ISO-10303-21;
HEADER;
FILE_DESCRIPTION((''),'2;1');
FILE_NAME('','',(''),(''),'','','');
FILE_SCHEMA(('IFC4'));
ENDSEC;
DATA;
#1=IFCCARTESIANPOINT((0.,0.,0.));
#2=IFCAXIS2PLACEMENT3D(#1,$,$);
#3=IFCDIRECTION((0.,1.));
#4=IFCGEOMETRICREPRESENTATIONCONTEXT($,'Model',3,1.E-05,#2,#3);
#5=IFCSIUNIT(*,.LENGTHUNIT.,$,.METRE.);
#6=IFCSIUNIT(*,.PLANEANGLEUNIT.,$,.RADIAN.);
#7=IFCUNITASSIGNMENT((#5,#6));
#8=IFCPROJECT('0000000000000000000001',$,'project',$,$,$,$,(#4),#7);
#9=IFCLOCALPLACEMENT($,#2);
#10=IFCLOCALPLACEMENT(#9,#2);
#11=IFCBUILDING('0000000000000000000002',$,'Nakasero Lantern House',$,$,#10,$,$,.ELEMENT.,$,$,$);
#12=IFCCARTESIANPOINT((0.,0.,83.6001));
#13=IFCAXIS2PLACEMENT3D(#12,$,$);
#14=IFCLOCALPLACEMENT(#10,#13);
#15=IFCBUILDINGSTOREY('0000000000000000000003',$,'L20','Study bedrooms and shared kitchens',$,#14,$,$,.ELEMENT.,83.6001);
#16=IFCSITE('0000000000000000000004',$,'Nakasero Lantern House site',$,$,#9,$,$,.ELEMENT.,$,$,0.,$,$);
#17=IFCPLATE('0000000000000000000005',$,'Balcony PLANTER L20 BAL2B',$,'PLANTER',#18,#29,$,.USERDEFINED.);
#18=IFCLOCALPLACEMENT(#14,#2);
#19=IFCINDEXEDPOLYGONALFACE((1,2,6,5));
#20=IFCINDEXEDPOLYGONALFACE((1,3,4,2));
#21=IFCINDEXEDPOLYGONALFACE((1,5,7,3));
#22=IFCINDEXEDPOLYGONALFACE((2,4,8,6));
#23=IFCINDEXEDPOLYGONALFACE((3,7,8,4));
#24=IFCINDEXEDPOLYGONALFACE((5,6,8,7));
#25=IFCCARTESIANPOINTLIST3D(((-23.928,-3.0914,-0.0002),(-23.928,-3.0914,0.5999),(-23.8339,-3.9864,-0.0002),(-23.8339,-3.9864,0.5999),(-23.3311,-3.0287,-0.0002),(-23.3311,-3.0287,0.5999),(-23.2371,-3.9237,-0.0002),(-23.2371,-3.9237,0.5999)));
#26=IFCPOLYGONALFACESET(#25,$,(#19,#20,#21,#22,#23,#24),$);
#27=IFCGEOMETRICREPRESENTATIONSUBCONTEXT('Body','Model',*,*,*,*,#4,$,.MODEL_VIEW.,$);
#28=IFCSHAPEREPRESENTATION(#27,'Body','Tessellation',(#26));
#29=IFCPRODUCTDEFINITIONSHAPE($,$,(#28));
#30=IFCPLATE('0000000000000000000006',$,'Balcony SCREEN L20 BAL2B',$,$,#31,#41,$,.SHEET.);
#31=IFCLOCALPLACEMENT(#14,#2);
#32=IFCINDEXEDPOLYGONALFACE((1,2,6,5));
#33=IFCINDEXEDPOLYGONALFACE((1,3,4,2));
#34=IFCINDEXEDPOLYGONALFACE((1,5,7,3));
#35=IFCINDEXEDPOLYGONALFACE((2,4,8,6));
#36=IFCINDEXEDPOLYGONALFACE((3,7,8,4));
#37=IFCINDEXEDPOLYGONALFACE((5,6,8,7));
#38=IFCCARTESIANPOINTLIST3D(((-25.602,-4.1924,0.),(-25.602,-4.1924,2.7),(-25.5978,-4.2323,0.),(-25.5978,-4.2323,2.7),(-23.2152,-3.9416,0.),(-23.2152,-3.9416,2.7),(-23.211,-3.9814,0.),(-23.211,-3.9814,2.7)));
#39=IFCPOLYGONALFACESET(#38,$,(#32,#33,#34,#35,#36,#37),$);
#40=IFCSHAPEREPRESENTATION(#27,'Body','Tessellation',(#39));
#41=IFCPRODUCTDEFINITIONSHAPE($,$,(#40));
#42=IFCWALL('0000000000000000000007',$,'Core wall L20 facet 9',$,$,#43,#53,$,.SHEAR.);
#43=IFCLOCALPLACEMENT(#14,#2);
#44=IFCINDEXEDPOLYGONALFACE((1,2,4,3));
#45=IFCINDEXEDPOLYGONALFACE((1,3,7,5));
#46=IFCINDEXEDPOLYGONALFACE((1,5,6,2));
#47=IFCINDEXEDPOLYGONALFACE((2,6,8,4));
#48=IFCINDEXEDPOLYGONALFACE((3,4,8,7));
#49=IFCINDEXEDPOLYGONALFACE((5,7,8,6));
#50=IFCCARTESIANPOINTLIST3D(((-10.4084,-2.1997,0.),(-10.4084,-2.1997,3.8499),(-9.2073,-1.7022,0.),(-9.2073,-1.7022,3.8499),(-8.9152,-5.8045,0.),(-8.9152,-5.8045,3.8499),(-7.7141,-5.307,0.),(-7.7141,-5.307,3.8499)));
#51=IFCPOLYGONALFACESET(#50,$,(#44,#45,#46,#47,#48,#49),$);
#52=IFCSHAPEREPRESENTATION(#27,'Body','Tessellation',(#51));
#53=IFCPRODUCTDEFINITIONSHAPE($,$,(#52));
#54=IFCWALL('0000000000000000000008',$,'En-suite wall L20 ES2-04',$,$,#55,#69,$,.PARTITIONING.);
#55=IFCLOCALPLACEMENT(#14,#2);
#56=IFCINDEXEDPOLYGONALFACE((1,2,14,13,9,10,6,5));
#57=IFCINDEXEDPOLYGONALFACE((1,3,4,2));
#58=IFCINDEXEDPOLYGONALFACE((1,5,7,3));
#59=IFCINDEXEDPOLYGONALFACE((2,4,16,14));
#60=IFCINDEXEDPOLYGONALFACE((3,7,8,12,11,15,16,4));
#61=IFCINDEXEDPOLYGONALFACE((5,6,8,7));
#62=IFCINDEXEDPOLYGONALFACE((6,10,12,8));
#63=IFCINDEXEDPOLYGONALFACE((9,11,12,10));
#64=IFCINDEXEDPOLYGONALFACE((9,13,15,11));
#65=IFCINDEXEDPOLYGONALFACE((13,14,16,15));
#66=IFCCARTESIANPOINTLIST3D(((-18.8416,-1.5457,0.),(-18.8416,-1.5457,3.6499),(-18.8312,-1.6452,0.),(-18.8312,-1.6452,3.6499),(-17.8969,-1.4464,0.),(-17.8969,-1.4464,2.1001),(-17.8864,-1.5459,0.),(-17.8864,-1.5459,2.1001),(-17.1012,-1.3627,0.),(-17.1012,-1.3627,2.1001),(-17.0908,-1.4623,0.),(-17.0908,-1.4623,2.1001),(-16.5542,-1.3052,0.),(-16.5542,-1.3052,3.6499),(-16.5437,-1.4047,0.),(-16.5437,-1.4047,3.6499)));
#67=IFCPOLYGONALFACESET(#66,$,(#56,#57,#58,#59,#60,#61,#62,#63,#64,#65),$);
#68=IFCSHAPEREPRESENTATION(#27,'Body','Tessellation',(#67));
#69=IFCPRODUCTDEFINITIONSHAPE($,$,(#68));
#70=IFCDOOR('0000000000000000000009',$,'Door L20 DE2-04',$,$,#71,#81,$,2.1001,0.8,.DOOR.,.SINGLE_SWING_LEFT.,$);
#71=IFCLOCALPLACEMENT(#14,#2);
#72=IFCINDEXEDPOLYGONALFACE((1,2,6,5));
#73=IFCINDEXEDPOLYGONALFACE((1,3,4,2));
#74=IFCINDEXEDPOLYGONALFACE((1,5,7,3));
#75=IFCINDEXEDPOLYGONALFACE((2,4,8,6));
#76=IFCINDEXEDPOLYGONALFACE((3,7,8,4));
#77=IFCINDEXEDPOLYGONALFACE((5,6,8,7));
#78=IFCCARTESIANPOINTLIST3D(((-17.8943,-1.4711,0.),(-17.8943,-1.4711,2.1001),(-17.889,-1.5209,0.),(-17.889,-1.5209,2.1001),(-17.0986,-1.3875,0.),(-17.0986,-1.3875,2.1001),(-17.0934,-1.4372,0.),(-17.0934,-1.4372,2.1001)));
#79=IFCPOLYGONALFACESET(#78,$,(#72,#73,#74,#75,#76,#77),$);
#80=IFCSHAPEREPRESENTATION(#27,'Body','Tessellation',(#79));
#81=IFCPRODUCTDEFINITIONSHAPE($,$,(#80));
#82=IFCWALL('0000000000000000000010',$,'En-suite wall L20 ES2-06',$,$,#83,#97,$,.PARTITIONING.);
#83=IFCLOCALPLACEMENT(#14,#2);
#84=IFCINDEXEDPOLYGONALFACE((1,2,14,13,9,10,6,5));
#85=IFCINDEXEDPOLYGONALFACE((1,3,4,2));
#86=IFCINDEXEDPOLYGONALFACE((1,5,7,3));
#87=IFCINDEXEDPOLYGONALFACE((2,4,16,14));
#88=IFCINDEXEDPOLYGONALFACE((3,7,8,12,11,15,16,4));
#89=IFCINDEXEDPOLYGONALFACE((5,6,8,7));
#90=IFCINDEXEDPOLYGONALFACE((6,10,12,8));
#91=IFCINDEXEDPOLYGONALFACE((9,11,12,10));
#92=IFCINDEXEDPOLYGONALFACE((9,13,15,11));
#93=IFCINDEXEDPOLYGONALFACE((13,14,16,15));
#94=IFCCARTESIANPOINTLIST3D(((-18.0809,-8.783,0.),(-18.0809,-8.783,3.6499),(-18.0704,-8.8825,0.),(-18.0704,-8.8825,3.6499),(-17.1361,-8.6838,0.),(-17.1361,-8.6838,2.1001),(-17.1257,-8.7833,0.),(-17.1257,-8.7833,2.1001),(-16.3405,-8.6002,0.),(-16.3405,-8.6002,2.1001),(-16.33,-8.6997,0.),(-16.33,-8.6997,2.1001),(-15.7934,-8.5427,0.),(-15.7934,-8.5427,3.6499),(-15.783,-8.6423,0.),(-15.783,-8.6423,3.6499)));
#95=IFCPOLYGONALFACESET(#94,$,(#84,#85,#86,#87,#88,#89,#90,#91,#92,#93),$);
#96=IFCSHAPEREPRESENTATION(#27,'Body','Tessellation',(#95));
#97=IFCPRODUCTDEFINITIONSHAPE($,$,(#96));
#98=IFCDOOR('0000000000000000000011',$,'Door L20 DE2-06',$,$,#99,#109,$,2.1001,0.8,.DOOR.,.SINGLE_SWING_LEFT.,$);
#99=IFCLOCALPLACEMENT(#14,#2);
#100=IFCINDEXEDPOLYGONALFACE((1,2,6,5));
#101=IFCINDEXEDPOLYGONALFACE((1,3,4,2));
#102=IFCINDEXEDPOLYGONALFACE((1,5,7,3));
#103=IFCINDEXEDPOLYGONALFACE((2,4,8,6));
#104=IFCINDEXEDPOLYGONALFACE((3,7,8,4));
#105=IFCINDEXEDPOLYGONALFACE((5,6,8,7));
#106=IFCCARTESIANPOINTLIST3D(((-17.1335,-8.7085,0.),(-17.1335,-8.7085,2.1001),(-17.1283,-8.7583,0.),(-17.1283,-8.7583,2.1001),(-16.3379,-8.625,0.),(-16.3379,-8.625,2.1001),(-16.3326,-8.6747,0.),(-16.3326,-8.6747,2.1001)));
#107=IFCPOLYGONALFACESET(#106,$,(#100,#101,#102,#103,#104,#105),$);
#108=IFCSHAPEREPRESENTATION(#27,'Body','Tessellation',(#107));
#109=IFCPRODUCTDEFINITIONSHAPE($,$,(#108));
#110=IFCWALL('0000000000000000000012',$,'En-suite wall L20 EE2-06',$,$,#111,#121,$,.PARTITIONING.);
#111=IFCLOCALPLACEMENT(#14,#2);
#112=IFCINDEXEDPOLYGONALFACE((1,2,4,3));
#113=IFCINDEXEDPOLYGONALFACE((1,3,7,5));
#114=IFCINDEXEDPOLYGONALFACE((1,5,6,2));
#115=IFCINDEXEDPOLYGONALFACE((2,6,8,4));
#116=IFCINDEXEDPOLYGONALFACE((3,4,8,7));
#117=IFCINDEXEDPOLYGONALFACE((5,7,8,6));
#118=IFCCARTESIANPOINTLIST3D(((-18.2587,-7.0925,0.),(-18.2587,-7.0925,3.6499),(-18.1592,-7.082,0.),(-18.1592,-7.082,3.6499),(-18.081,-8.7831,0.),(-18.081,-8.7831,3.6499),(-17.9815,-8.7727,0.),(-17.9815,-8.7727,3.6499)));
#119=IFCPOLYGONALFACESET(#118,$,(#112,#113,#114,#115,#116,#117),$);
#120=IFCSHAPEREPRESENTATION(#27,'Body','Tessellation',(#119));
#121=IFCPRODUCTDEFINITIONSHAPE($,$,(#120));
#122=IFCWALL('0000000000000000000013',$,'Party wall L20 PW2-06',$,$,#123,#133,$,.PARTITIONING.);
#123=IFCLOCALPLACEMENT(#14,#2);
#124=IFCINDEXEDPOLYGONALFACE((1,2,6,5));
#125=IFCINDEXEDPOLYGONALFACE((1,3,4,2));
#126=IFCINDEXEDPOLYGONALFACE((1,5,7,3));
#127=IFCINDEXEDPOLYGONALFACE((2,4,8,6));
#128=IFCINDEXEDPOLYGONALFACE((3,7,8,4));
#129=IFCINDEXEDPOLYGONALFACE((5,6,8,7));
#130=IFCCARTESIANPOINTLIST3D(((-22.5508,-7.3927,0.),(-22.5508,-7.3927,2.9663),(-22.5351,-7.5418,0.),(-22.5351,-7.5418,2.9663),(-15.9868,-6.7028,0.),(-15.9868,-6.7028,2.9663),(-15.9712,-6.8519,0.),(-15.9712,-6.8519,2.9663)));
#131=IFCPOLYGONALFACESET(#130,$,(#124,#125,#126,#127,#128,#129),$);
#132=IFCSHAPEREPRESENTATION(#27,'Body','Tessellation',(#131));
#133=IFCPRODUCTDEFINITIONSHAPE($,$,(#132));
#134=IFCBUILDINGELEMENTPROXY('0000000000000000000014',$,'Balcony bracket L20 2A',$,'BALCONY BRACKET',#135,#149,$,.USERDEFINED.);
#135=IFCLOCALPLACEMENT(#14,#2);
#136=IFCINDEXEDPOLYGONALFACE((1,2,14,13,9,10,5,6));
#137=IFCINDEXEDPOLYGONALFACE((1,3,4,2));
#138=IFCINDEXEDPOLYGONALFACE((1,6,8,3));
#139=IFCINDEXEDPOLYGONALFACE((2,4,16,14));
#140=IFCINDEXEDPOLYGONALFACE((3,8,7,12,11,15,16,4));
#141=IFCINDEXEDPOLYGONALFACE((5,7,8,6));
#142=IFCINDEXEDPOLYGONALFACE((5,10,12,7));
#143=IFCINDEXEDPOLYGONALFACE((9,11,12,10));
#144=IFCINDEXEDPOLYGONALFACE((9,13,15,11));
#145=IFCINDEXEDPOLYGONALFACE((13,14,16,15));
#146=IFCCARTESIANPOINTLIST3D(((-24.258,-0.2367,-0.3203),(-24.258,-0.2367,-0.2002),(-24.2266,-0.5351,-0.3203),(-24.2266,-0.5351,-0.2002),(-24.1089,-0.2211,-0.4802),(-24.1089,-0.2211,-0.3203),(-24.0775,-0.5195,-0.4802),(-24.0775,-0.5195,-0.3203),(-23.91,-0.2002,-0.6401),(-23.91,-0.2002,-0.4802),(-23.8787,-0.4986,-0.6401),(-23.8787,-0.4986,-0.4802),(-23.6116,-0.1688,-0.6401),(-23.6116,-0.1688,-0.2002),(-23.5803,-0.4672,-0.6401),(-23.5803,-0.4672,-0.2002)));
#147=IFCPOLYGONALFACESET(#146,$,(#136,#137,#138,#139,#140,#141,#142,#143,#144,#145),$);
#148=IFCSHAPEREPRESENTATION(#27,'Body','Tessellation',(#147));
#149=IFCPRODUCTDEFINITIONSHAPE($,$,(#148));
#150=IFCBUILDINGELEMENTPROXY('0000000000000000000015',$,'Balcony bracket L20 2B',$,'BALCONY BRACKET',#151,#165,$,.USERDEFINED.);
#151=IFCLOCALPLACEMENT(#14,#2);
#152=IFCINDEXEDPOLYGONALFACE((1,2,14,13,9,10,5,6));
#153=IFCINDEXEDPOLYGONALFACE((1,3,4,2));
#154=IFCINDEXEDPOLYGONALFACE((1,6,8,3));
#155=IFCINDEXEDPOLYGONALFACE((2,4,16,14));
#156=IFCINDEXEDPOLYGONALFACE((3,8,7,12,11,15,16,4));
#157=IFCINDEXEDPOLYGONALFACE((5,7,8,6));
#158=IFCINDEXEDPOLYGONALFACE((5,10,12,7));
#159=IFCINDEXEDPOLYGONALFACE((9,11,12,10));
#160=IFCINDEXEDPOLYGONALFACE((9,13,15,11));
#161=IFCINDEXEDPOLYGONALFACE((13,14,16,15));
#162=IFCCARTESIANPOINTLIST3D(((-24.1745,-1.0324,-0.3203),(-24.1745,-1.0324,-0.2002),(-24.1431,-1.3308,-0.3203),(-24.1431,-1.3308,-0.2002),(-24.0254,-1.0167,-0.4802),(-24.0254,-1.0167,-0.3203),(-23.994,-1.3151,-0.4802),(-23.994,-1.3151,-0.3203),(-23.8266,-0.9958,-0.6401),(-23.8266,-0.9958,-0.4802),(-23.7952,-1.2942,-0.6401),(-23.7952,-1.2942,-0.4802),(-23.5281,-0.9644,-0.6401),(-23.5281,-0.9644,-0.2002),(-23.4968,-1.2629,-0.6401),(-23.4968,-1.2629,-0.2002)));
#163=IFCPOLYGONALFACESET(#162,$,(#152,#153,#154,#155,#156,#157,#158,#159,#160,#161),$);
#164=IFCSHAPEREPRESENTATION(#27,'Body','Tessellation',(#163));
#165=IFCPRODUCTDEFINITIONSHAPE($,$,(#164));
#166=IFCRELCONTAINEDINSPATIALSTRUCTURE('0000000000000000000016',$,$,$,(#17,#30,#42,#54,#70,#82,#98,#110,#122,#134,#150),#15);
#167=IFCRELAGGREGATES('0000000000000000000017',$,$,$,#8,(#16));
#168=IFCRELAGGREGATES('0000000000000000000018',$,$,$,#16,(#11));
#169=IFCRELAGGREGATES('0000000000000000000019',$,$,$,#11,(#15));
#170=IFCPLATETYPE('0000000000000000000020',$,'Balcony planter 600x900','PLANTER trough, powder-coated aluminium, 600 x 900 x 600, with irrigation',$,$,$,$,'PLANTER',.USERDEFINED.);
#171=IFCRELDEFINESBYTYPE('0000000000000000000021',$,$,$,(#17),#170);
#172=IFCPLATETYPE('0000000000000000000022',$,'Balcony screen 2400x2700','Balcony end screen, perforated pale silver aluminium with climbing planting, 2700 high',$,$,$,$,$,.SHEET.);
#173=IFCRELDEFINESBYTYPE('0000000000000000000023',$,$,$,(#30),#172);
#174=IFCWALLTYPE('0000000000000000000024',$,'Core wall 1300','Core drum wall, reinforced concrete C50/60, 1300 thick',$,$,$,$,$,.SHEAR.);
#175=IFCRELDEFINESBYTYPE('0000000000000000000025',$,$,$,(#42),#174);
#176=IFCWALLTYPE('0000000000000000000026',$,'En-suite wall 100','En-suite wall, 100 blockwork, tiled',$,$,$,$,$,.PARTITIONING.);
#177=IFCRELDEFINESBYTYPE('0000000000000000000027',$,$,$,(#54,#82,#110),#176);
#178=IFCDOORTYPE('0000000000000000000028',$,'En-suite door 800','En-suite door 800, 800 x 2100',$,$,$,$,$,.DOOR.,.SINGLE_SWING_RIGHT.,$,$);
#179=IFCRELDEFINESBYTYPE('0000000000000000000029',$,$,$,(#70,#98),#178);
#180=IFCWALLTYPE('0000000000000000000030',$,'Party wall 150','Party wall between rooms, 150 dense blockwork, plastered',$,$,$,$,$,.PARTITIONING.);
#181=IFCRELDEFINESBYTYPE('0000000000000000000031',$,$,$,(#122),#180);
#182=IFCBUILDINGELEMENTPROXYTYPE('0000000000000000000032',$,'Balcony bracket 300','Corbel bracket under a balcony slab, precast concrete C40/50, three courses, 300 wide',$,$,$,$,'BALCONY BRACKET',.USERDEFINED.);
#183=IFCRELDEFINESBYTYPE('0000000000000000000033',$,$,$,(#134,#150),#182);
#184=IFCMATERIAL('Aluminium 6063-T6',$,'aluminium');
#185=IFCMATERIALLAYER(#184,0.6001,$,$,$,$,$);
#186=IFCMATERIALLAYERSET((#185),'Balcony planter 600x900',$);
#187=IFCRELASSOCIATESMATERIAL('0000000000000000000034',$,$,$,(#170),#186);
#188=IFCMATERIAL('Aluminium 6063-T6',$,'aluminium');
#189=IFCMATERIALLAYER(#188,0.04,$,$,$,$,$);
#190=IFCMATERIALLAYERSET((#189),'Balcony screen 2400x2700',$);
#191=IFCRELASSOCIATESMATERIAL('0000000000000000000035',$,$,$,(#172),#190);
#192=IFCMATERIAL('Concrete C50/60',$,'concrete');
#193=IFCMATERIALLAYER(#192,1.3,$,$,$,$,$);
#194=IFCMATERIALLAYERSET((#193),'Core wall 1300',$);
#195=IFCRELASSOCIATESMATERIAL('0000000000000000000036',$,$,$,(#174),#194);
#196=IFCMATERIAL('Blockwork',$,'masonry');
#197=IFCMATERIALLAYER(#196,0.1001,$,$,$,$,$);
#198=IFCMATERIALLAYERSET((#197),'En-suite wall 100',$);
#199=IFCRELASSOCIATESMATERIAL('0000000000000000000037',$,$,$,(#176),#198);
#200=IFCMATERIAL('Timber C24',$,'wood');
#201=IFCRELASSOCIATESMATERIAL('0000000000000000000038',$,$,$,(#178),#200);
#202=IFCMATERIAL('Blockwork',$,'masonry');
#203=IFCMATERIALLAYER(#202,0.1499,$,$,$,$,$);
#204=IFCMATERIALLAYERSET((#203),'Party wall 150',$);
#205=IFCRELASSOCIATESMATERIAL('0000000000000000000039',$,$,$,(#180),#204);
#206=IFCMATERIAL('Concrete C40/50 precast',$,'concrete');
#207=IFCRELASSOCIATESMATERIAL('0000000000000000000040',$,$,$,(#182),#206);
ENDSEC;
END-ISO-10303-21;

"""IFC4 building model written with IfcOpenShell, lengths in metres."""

from ifc_helpers import new_model, si_unit, direction, frame, frame_2d, origin, origin_2d, place, context, subcontext, project, spatial, polyline, rectangle, outline, extrude, material, layer, layer_set, type_object, element, fill, save


model = new_model("IFC4")

# Units and contexts
model_context = context("Model", 3, precision=1e-05, world=origin(), true_north=direction((0.0, 1.0)))
body_context = subcontext(model_context, "Body", "Model", "MODEL_VIEW")
ifc_project = project(units=[si_unit("LENGTHUNIT", "METRE"), si_unit("PLANEANGLEUNIT", "RADIAN")], contexts=[model_context])

# Site, building, storey
site_placement = place(None, origin())
site = spatial("IfcSite", under=ifc_project, at=site_placement, Name="Nakasero Lantern House site", CompositionType="ELEMENT", RefElevation=0.0)
building_placement = place(site_placement, origin())
building = spatial("IfcBuilding", under=site, at=building_placement, Name="Nakasero Lantern House", CompositionType="ELEMENT")
storey_placement = place(building_placement, frame((0.0, 0.0, 83.6001)))
storey = spatial("IfcBuildingStorey", under=building, at=storey_placement, Name="L20", Description="Study bedrooms and shared kitchens", CompositionType="ELEMENT", Elevation=83.6001)

# Plates
ifc_material_1 = material(Name="Aluminium 6063-T6", Category="aluminium")
ifc_layer_1 = layer(ifc_material_1, 0.6001)
ifc_layer_set_1 = layer_set([ifc_layer_1], Name="Balcony planter 600x900")
plate_type_1 = type_object("IfcPlateType", Name="Balcony planter 600x900", Description="PLANTER trough, powder-coated aluminium, 600 x 900 x 600, with irrigation", ElementType="PLANTER", PredefinedType="USERDEFINED", material=ifc_layer_set_1)
plate_1_placement = place(storey_placement, frame((-23.5825, -3.5076, -0.0002), z_axis=(0.0, 0.0, 1.0), x_axis=(-0.994522, -0.104528, 0.0)))
element("IfcPlate", 1, at=plate_1_placement, inside=storey, type_object=plate_type_1, Name="Balcony PLANTER L20 BAL2B", ObjectType="PLANTER", PredefinedType="USERDEFINED", context=body_context, shape_type="SweptSolid", body=[
    extrude(rectangle(XDim=0.6001, YDim=0.8999, at=origin_2d()), origin(), (0.0, 0.0, 1.0), 0.6001),
])
ifc_material_2 = material(Name="Aluminium 6063-T6", Category="aluminium")
ifc_layer_2 = layer(ifc_material_2, 0.04)
ifc_layer_set_2 = layer_set([ifc_layer_2], Name="Balcony screen 2400x2700")
plate_type_2 = type_object("IfcPlateType", Name="Balcony screen 2400x2700", Description="Balcony end screen, perforated pale silver aluminium with climbing planting, 2700 high", PredefinedType="SHEET", material=ifc_layer_set_2)
plate_2_placement = place(storey_placement, frame((-24.4065, -4.0869, 0.0), z_axis=(0.0, 0.0, 1.0), x_axis=(-0.994522, -0.104528, 0.0)))
element("IfcPlate", 2, at=plate_2_placement, inside=storey, type_object=plate_type_2, Name="Balcony SCREEN L20 BAL2B", PredefinedType="SHEET", context=body_context, shape_type="SweptSolid", body=[
    extrude(rectangle(XDim=2.3999, YDim=0.04, at=origin_2d()), origin(), (0.0, 0.0, 1.0), 2.7),
])

# Wall
ifc_material_3 = material(Name="Concrete C50/60", Category="concrete")
ifc_layer_3 = layer(ifc_material_3, 1.3)
ifc_layer_set_3 = layer_set([ifc_layer_3], Name="Core wall 1300")
wall_type_1 = type_object("IfcWallType", Name="Core wall 1300", Description="Core drum wall, reinforced concrete C50/60, 1300 thick", PredefinedType="SHEAR", material=ifc_layer_set_3)
wall_1_placement = place(storey_placement, frame((-9.8079, -1.9509, 0.0), z_axis=(0.0, 0.0, 1.0), x_axis=(0.382691, -0.923877, 0.0)))
element("IfcWall", 3, at=wall_1_placement, inside=storey, type_object=wall_type_1, Name="Core wall L20 facet 9", PredefinedType="SHEAR", context=body_context, shape_type="SweptSolid", body=[
    extrude(rectangle(XDim=3.9019, YDim=1.3, at=frame_2d((1.9509, 0.0))), origin(), (0.0, 0.0, 1.0), 3.8499),
])

# Walls, openings, doors
ifc_material_4 = material(Name="Blockwork", Category="masonry")
ifc_layer_4 = layer(ifc_material_4, 0.1001)
ifc_layer_set_4 = layer_set([ifc_layer_4], Name="En-suite wall 100")
wall_type_2 = type_object("IfcWallType", Name="En-suite wall 100", Description="En-suite wall, 100 blockwork, tiled", PredefinedType="PARTITIONING", material=ifc_layer_set_4)
wall_2_placement = place(storey_placement, frame((-16.5491, -1.355, 0.0), z_axis=(0.0, 0.0, 1.0), x_axis=(-0.994519, -0.104558, 0.0)))
wall_2 = element("IfcWall", 4, at=wall_2_placement, inside=storey, type_object=wall_type_2, Name="En-suite wall L20 ES2-04", PredefinedType="PARTITIONING", context=body_context, shape_type="SweptSolid", body=[
    extrude(rectangle(XDim=2.3, YDim=0.1001, at=frame_2d((1.1499, 0.0))), origin(), (0.0, 0.0, 1.0), 3.6499),
])
opening_1_placement = place(wall_2_placement, frame((0.55, 0.0, 0.0)))
opening_1 = element("IfcOpeningElement", 5, at=opening_1_placement, cuts=wall_2, PredefinedType="OPENING", context=body_context, shape_type="SweptSolid", body=[
    extrude(rectangle(XDim=0.8, YDim=2.1001, at=frame_2d((0.3999, 1.05))), frame((0.0, 0.0701, 0.0), z_axis=(0.0, -1.0, 0.0), x_axis=(1.0, 0.0, 0.0)), (0.0, 0.0, 1.0), 0.1401),
])
ifc_material_5 = material(Name="Timber C24", Category="wood")
door_type = type_object("IfcDoorType", Name="En-suite door 800", Description="En-suite door 800, 800 x 2100", OperationType="SINGLE_SWING_RIGHT", PredefinedType="DOOR", material=ifc_material_5)
door_1_placement = place(opening_1_placement, origin())
door_1 = element("IfcDoor", 6, at=door_1_placement, inside=storey, type_object=door_type, Name="Door L20 DE2-04", OperationType="SINGLE_SWING_LEFT", OverallHeight=2.1001, OverallWidth=0.8, PredefinedType="DOOR", context=body_context, shape_type="SweptSolid", body=[
    extrude(rectangle(XDim=0.8, YDim=2.1001, at=frame_2d((0.3999, 1.05))), frame((0.0, 0.0249, 0.0), z_axis=(0.0, -1.0, 0.0), x_axis=(1.0, 0.0, 0.0)), (0.0, 0.0, 1.0), 0.05),
])
fill(opening_1, door_1)
wall_3_placement = place(storey_placement, frame((-15.7883, -8.5925, 0.0), z_axis=(0.0, 0.0, 1.0), x_axis=(-0.99453, -0.104453, 0.0)))
wall_3 = element("IfcWall", 7, at=wall_3_placement, inside=storey, type_object=wall_type_2, Name="En-suite wall L20 ES2-06", PredefinedType="PARTITIONING", context=body_context, shape_type="SweptSolid", body=[
    extrude(rectangle(XDim=2.3, YDim=0.1001, at=frame_2d((1.1499, 0.0))), origin(), (0.0, 0.0, 1.0), 3.6499),
])
opening_2_placement = place(wall_3_placement, frame((0.55, 0.0, 0.0)))
opening_2 = element("IfcOpeningElement", 8, at=opening_2_placement, cuts=wall_3, PredefinedType="OPENING", context=body_context, shape_type="SweptSolid", body=[
    extrude(rectangle(XDim=0.8, YDim=2.1001, at=frame_2d((0.3999, 1.05))), frame((0.0, 0.0701, 0.0), z_axis=(0.0, -1.0, 0.0), x_axis=(1.0, 0.0, 0.0)), (0.0, 0.0, 1.0), 0.1401),
])
door_2_placement = place(opening_2_placement, origin())
door_2 = element("IfcDoor", 9, at=door_2_placement, inside=storey, type_object=door_type, Name="Door L20 DE2-06", OperationType="SINGLE_SWING_LEFT", OverallHeight=2.1001, OverallWidth=0.8, PredefinedType="DOOR", context=body_context, shape_type="SweptSolid", body=[
    extrude(rectangle(XDim=0.8, YDim=2.1001, at=frame_2d((0.3999, 1.05))), frame((0.0, 0.0249, 0.0), z_axis=(0.0, -1.0, 0.0), x_axis=(1.0, 0.0, 0.0)), (0.0, 0.0, 1.0), 0.05),
])
fill(opening_2, door_2)

# Walls
wall_4_placement = place(storey_placement, frame((-18.209, -7.0872, 0.0), z_axis=(0.0, 0.0, 1.0), x_axis=(0.10455, -0.99452, 0.0)))
element("IfcWall", 10, at=wall_4_placement, inside=storey, type_object=wall_type_2, Name="En-suite wall L20 EE2-06", PredefinedType="PARTITIONING", context=body_context, shape_type="SweptSolid", body=[
    extrude(rectangle(XDim=1.7, YDim=0.1001, at=frame_2d((0.8501, 0.0))), origin(), (0.0, 0.0, 1.0), 3.6499),
])
ifc_material_6 = material(Name="Blockwork", Category="masonry")
ifc_layer_5 = layer(ifc_material_6, 0.1499)
ifc_layer_set_5 = layer_set([ifc_layer_5], Name="Party wall 150")
wall_type_3 = type_object("IfcWallType", Name="Party wall 150", Description="Party wall between rooms, 150 dense blockwork, plastered", PredefinedType="PARTITIONING", material=ifc_layer_set_5)
wall_5_placement = place(storey_placement, frame((-15.979, -6.7773, 0.0), z_axis=(0.0, 0.0, 1.0), x_axis=(-0.994521, -0.104535, 0.0)))
element("IfcWall", 11, at=wall_5_placement, inside=storey, type_object=wall_type_3, Name="Party wall L20 PW2-06", PredefinedType="PARTITIONING", context=body_context, shape_type="SweptSolid", body=[
    extrude(rectangle(XDim=6.6001, YDim=0.1499, at=frame_2d((3.3, 0.0))), origin(), (0.0, 0.0, 1.0), 2.9663),
])

# Building element proxies
ifc_material_7 = material(Name="Concrete C40/50 precast", Category="concrete")
building_element_proxy_type = type_object("IfcBuildingElementProxyType", Name="Balcony bracket 300", Description="Corbel bracket under a balcony slab, precast concrete C40/50, three courses, 300 wide", ElementType="BALCONY BRACKET", PredefinedType="USERDEFINED", material=ifc_material_7)
for number, where, z_axis, x_axis, name in (
    (12, (-23.5959, -0.3181, -0.2002), (0.0, 0.0, 1.0), (-0.994522, -0.104528, 0.0), "Balcony bracket L20 2A"),
    (13, (-23.5125, -1.1138, -0.2002), (0.0, 0.0, 1.0), (-0.994522, -0.104528, 0.0), "Balcony bracket L20 2B"),
):
    element("IfcBuildingElementProxy", number, at=place(storey_placement, frame(where, z_axis=z_axis, x_axis=x_axis)), inside=storey, type_object=building_element_proxy_type, Name=name, ObjectType="BALCONY BRACKET", PredefinedType="USERDEFINED", context=body_context, shape_type="SweptSolid", body=[
        extrude(outline(polyline([(0.0, 0.0), (0.6499, 0.0), (0.6499, -0.1201), (0.5, -0.1201), (0.5, -0.28), (0.3, -0.28), (0.3, -0.4399), (0.0, -0.4399), (0.0, 0.0)])), frame((0.0, 0.1499, 0.0), z_axis=(0.0, -1.0, 0.0), x_axis=(1.0, 0.0, 0.0)), (0.0, 0.0, 1.0), 0.3),
    ])

save(model, "model.ifc")
